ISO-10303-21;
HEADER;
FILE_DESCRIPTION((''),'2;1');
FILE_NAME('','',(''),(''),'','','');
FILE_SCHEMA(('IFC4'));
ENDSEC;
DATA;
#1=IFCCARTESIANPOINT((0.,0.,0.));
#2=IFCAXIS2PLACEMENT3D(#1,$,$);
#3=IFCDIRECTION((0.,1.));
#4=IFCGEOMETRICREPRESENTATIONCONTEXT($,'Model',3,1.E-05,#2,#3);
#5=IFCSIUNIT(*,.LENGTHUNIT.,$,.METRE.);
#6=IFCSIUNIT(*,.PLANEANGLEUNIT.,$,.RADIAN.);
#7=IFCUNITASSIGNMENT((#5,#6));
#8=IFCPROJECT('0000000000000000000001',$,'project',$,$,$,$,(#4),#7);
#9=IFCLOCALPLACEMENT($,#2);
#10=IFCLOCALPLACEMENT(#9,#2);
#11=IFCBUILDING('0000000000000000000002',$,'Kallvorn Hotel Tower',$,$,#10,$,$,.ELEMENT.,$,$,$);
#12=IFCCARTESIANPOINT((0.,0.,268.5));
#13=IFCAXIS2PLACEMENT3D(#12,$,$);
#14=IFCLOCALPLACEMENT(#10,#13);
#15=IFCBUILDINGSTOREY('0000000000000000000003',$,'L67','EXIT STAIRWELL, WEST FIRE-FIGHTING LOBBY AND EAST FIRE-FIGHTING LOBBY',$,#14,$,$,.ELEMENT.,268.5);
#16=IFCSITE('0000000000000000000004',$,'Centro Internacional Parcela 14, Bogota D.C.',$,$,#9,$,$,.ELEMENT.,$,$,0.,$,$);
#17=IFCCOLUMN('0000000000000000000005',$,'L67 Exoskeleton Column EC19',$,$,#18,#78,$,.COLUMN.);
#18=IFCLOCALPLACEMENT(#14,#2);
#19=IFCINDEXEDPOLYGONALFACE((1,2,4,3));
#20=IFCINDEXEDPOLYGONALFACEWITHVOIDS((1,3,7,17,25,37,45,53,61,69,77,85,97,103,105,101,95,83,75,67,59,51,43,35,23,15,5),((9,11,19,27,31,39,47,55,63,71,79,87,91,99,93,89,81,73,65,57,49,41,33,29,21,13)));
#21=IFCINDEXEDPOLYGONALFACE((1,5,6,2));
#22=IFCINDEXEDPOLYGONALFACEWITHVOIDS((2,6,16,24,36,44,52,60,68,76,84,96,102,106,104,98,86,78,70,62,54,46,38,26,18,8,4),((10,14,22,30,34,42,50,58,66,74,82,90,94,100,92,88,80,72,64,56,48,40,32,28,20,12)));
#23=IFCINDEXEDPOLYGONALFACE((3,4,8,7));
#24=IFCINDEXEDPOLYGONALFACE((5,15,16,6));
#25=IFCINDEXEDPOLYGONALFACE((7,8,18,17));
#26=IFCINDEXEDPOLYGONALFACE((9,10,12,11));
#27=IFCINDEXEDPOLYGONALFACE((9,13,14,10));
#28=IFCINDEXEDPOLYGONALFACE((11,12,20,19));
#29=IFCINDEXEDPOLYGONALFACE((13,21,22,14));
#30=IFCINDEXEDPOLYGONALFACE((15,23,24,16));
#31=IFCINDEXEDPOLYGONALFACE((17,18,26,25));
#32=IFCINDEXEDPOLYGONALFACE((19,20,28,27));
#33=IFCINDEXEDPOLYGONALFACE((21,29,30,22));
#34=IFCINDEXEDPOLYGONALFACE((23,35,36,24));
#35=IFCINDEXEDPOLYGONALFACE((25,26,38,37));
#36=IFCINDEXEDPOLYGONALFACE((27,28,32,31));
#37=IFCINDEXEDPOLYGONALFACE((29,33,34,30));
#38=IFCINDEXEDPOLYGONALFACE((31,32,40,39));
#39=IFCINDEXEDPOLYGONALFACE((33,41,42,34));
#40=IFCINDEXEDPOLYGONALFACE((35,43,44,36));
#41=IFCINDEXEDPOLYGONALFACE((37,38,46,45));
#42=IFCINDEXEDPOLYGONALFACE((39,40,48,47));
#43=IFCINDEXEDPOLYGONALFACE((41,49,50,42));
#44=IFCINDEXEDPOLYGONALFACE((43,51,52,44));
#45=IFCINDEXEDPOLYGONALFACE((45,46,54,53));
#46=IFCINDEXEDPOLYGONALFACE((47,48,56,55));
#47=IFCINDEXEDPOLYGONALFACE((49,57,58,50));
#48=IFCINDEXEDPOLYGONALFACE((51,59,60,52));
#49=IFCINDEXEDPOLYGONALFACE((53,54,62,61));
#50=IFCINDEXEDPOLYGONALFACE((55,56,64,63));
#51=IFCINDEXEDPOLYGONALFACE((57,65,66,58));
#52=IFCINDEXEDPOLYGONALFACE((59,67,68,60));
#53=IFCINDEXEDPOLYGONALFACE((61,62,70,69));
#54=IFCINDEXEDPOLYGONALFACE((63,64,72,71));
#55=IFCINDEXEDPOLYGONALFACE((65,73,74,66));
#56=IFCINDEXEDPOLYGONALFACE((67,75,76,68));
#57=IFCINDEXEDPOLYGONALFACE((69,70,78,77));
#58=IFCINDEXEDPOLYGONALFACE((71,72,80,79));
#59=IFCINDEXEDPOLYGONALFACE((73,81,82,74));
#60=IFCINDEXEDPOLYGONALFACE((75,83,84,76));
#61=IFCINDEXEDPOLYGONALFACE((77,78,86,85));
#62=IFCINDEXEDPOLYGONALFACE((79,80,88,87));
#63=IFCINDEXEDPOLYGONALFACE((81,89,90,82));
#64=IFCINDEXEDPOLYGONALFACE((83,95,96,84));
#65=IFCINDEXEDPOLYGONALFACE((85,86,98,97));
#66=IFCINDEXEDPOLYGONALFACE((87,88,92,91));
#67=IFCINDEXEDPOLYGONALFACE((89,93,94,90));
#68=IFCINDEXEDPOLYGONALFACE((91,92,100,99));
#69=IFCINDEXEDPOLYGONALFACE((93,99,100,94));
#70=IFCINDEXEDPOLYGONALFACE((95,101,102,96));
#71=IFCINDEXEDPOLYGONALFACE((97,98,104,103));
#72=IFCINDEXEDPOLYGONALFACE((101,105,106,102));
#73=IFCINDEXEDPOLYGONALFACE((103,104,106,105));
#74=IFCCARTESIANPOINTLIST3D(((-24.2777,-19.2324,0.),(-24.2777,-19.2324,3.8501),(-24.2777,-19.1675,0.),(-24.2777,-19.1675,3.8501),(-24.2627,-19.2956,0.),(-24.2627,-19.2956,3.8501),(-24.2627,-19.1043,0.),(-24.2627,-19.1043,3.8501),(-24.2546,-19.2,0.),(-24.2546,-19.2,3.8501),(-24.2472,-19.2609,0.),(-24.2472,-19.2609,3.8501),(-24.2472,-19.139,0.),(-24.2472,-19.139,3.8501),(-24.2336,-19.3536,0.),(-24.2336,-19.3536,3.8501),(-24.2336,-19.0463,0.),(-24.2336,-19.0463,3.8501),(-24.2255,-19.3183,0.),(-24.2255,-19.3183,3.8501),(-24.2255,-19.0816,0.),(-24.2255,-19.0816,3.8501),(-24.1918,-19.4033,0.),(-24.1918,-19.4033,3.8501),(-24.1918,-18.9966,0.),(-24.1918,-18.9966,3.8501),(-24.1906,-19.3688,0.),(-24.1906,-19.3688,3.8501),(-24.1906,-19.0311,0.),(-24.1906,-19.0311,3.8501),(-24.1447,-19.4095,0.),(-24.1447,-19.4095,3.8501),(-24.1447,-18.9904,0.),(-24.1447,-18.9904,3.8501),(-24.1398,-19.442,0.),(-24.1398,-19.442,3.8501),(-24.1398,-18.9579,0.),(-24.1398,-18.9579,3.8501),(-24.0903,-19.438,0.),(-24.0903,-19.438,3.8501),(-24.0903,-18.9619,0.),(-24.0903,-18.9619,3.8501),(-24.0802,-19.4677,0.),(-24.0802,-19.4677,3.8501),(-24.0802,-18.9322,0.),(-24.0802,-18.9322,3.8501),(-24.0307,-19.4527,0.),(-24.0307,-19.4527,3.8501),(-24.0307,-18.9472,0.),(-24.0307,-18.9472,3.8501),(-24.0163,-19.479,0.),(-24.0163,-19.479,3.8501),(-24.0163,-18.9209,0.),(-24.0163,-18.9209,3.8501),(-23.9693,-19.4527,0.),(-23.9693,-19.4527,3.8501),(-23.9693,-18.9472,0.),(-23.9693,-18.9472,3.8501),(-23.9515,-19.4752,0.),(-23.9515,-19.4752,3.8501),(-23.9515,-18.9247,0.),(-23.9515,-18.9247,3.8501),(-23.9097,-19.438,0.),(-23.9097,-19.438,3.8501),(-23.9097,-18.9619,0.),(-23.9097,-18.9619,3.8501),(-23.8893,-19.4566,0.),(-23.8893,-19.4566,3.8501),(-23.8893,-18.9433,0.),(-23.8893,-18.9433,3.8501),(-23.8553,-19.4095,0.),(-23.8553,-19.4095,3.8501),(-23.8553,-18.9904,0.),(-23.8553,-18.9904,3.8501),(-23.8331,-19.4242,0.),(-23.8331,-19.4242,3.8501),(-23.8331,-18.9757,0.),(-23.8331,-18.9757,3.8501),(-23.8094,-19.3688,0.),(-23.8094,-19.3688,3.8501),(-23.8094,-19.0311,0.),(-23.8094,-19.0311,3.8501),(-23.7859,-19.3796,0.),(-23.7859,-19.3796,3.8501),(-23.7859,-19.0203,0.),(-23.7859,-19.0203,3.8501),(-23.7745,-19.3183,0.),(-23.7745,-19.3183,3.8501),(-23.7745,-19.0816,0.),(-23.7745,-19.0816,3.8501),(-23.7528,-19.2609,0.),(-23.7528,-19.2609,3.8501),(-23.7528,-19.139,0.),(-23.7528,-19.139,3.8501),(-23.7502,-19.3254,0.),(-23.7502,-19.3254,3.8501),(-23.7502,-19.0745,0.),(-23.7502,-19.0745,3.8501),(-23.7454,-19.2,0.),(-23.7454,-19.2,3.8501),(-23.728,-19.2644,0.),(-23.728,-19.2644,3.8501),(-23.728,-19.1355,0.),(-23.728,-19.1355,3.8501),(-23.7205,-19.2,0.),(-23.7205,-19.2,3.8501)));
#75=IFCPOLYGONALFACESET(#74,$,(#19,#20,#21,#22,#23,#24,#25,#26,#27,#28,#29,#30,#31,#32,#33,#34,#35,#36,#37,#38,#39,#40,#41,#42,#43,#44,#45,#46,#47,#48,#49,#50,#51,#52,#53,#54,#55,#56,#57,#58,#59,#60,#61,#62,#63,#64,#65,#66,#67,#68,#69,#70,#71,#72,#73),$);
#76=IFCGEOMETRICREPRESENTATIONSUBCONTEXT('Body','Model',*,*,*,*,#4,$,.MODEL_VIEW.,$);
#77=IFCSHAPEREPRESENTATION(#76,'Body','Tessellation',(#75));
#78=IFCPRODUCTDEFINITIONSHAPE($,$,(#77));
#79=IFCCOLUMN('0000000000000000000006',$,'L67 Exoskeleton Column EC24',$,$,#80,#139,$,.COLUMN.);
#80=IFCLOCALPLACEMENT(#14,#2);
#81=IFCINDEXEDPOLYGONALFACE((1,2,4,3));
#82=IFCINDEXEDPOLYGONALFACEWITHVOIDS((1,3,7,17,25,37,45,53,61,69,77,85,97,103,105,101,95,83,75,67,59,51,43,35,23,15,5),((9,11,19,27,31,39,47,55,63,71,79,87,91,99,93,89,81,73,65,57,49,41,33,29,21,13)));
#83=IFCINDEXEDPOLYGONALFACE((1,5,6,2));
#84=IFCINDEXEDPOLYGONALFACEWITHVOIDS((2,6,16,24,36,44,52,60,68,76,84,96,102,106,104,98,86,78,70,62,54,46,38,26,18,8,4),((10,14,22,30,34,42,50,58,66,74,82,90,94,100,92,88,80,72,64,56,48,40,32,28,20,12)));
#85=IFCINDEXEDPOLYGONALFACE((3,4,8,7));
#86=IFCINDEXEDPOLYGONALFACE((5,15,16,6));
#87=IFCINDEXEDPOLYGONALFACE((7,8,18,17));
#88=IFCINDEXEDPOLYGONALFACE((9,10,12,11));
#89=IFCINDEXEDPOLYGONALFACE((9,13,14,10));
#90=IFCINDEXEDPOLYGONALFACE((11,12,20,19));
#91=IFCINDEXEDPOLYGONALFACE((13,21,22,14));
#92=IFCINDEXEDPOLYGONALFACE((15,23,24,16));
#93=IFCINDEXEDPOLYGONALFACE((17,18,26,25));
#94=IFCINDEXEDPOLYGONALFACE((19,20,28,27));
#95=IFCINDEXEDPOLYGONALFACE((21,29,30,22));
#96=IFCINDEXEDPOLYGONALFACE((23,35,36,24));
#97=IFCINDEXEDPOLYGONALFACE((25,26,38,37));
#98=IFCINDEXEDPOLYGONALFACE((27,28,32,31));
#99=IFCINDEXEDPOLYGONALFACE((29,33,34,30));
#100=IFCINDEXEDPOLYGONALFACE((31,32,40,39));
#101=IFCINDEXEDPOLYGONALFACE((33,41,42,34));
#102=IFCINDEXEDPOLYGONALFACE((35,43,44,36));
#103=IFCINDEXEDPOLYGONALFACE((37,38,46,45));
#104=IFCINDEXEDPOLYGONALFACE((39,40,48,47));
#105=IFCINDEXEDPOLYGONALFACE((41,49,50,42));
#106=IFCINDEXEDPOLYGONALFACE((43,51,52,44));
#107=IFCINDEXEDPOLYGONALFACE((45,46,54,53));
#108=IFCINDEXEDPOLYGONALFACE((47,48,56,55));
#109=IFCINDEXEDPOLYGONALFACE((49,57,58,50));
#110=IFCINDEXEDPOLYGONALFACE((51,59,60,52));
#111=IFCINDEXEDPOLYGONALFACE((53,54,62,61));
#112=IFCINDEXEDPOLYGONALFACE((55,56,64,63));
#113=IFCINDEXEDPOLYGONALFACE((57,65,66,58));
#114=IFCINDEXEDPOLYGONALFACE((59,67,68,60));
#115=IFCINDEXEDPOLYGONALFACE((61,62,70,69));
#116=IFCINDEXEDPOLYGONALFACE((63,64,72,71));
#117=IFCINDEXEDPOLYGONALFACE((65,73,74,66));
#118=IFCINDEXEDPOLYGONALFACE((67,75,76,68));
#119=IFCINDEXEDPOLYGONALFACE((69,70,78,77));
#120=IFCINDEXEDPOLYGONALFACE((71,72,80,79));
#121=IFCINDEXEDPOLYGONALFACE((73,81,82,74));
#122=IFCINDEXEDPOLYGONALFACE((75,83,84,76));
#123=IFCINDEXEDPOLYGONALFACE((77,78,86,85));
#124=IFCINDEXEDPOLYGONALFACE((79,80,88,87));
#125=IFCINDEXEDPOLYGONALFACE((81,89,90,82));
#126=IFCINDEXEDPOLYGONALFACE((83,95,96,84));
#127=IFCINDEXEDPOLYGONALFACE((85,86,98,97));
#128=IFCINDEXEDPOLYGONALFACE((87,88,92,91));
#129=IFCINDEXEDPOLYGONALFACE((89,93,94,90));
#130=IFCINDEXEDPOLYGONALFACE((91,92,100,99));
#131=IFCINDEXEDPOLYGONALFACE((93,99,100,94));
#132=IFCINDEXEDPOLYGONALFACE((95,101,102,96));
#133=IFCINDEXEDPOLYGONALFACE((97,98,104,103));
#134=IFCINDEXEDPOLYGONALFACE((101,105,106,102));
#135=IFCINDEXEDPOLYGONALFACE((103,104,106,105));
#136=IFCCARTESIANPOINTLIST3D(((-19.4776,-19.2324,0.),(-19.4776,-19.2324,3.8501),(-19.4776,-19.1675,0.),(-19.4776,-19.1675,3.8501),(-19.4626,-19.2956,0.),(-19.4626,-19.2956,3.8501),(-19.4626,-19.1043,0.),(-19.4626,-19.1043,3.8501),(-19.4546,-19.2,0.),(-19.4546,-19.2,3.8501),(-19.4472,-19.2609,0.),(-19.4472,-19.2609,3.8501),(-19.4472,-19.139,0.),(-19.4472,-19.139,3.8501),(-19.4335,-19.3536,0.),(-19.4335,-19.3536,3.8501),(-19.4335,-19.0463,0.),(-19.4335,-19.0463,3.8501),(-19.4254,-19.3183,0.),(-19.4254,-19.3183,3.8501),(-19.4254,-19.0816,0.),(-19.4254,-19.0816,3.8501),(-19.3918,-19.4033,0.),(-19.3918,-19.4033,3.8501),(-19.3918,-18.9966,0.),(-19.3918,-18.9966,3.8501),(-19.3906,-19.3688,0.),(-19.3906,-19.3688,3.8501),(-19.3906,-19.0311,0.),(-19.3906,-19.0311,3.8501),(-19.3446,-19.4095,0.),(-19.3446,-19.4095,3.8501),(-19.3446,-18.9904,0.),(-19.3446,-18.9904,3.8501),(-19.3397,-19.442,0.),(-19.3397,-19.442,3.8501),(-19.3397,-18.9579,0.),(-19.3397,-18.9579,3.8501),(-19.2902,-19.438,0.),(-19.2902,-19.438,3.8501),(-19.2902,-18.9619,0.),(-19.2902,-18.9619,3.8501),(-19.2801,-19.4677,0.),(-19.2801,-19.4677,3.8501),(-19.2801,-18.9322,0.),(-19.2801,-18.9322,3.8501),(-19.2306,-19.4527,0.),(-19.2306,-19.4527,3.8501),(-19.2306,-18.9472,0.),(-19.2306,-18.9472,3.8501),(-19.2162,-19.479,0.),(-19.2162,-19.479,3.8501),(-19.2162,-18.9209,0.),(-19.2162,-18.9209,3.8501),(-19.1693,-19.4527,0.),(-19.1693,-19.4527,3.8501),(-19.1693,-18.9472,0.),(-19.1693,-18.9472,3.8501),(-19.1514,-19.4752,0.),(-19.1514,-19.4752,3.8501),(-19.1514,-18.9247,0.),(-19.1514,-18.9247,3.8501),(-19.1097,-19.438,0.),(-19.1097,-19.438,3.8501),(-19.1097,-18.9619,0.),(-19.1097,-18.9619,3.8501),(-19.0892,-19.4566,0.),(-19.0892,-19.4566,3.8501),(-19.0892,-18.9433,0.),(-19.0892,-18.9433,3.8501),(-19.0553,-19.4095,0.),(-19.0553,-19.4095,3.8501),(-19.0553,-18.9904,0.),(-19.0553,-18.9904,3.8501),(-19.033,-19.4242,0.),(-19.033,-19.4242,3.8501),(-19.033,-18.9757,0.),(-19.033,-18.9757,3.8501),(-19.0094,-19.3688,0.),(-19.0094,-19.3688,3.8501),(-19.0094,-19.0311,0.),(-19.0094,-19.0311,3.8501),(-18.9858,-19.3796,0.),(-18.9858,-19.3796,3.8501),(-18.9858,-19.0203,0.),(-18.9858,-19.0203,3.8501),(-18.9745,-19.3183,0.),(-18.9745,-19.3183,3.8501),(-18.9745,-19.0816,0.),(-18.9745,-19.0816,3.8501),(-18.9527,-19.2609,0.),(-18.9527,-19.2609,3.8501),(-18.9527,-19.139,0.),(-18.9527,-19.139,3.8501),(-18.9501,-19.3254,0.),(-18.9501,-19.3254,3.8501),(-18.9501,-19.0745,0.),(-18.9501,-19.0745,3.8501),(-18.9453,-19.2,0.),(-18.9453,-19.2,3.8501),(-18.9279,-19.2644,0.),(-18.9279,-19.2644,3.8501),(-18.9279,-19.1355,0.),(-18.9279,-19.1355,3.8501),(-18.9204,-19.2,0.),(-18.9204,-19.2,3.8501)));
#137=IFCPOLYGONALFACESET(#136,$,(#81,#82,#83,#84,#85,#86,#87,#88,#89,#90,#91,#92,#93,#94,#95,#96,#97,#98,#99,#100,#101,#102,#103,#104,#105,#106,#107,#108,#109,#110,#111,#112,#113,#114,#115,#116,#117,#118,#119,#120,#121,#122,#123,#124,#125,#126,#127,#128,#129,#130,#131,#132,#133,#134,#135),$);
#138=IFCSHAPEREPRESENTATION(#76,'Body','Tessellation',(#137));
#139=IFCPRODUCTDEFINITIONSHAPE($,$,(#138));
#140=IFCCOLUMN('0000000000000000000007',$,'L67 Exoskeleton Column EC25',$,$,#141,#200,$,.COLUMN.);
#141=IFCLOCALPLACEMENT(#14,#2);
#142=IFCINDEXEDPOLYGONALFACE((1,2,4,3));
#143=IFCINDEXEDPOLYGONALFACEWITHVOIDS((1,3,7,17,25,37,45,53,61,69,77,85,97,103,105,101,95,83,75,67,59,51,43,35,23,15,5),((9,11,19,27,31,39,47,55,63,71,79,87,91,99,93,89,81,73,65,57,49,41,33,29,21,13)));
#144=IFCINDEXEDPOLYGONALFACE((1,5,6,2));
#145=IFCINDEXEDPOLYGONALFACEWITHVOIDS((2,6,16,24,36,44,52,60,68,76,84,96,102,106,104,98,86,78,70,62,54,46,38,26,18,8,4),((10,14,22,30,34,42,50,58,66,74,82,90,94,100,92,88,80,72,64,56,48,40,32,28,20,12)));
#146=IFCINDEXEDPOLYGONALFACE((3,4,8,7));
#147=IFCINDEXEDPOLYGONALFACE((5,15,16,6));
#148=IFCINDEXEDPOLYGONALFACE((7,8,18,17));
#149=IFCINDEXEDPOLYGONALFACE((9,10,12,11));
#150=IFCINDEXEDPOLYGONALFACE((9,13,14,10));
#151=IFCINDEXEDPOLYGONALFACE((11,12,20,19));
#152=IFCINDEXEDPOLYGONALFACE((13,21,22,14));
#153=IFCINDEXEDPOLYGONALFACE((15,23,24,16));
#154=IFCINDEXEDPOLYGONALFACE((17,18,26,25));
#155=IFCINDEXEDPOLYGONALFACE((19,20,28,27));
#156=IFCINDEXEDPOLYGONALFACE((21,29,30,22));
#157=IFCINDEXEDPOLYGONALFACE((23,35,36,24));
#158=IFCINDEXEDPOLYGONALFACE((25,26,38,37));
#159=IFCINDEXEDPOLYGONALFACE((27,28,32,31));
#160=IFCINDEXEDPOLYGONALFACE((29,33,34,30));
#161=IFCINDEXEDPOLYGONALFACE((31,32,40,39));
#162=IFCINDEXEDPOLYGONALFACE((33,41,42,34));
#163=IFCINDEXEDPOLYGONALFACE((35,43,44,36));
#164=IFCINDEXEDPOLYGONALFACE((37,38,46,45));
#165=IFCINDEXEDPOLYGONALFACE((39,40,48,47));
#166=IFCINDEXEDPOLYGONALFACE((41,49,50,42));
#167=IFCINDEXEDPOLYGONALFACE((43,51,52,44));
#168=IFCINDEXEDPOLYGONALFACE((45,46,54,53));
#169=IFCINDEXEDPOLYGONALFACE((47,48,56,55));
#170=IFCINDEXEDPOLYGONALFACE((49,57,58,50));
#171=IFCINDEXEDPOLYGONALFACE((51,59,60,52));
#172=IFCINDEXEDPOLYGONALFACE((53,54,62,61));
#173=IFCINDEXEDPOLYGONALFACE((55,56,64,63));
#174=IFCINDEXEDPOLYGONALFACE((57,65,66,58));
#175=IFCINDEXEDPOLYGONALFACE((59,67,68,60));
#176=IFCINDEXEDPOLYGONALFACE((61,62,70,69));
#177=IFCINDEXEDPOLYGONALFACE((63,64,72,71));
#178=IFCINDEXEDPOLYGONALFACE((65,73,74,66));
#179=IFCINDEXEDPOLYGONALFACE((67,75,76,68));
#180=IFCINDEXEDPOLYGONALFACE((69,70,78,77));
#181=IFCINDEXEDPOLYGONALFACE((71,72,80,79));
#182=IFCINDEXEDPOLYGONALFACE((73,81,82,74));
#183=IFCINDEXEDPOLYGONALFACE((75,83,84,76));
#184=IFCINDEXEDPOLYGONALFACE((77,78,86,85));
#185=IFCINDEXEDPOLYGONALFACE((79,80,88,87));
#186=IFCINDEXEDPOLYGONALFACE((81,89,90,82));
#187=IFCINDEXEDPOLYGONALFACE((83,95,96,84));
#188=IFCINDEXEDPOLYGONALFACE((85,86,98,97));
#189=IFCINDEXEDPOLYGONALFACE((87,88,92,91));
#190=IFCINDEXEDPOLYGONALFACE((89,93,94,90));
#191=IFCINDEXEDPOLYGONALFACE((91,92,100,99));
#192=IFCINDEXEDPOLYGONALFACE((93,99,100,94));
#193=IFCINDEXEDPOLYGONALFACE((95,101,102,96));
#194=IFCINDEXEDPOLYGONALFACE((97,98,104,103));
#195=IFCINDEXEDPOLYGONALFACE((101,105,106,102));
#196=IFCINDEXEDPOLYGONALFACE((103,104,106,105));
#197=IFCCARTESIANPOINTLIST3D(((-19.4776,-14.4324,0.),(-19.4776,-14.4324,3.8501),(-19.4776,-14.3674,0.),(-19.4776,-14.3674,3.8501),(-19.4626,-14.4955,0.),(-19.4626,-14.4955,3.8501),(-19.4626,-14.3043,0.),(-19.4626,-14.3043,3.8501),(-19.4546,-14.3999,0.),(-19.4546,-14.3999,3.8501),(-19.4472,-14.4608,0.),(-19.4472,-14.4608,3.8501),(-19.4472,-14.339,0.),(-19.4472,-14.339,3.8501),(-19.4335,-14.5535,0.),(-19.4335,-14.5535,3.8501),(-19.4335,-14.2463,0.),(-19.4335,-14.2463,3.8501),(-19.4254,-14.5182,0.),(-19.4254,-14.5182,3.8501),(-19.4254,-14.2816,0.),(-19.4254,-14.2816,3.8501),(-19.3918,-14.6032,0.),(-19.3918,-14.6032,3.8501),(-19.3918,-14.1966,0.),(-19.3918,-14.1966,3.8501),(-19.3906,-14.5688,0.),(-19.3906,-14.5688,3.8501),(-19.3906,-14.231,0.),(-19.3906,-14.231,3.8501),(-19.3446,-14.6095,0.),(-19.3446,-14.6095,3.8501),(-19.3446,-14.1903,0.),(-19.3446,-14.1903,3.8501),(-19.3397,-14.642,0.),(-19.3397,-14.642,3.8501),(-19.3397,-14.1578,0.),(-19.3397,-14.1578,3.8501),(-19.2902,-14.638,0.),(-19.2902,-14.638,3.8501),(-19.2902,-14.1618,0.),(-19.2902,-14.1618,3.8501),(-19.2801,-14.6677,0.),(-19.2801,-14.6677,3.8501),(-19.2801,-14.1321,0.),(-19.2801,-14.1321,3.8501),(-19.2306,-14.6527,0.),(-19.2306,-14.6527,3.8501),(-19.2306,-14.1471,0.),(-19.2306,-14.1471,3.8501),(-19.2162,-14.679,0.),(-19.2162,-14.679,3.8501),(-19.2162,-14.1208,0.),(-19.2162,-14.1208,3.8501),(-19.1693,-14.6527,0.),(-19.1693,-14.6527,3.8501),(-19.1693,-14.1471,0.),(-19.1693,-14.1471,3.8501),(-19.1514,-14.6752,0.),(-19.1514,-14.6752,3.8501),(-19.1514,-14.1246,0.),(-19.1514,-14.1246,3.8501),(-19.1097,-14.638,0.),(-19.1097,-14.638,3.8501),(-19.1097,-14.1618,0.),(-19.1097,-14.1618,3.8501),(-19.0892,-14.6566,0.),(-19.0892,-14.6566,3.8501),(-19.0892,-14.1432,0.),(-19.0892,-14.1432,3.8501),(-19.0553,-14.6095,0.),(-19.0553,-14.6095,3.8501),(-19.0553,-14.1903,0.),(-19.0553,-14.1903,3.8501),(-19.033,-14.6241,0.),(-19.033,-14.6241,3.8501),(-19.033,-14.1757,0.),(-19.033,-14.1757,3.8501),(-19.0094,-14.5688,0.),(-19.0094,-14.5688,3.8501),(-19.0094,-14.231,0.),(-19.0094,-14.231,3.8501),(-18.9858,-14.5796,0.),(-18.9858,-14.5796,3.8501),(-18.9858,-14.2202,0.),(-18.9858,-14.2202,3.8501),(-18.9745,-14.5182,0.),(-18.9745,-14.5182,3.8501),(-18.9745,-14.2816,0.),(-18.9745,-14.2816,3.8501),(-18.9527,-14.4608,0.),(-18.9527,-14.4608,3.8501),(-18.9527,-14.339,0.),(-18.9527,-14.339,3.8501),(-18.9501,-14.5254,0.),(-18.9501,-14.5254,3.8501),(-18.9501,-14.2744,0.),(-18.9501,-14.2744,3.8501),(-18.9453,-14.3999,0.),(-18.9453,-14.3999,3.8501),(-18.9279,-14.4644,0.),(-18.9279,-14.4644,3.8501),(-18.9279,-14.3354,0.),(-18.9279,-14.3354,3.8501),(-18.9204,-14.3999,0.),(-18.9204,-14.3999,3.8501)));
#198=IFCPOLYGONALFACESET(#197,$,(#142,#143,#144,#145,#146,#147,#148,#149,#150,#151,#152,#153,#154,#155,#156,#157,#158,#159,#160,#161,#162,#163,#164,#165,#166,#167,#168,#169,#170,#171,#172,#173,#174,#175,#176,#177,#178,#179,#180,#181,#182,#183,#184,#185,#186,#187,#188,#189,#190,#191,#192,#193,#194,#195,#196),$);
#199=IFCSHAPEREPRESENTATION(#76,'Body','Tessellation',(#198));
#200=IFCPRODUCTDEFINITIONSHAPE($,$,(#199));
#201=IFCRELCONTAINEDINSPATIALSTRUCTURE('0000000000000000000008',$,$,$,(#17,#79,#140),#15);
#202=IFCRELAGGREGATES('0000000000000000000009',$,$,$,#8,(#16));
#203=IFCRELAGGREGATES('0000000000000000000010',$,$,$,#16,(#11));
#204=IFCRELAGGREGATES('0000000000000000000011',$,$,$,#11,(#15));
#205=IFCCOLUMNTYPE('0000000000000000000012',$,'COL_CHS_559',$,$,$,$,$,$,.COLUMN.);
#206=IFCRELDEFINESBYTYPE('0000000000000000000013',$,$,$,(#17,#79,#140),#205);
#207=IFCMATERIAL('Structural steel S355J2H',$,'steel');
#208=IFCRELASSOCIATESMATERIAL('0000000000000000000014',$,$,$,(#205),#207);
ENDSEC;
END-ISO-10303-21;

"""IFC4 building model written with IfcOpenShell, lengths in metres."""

from ifc_helpers import new_model, si_unit, direction, frame, origin, origin_2d, place, context, subcontext, project, spatial, hollow_circle, extrude, material, material_profile, profile_set, type_object, element, save


model = new_model("IFC4")

# Units and contexts
model_context = context("Model", 3, precision=1e-05, world=origin(), true_north=direction((0.0, 1.0)))
body_context = subcontext(model_context, "Body", "Model", "MODEL_VIEW")
ifc_project = project(units=[si_unit("LENGTHUNIT", "METRE"), si_unit("PLANEANGLEUNIT", "RADIAN")], contexts=[model_context])

# Site, building, storey
site_placement = place(None, origin())
site = spatial("IfcSite", under=ifc_project, at=site_placement, Name="Centro Internacional Parcela 14, Bogota D.C.", CompositionType="ELEMENT", RefElevation=0.0)
building_placement = place(site_placement, origin())
building = spatial("IfcBuilding", under=site, at=building_placement, Name="Kallvorn Hotel Tower", CompositionType="ELEMENT")
storey_placement = place(building_placement, frame((0.0, 0.0, 268.5)))
storey = spatial("IfcBuildingStorey", under=building, at=storey_placement, Name="L67", Description="EXIT STAIRWELL, WEST FIRE-FIGHTING LOBBY AND EAST FIRE-FIGHTING LOBBY", CompositionType="ELEMENT", Elevation=268.5)

# Columns
ifc_material_1 = material(Name="Structural steel S355J2H", Category="steel")
ifc_material_profile_1 = material_profile(ifc_material_1, hollow_circle(Radius=0.2795, WallThickness=0.0249, at=origin_2d()), Name="CHS 559x25")
ifc_profile_set_1 = profile_set([ifc_material_profile_1], Name="Structural steel S355J2H")
column_type_1 = type_object("IfcColumnType", Name="COL_CHS_559", PredefinedType="COLUMN", material=ifc_profile_set_1)
for number, where, z_axis, x_axis, name in (
    (1, (-24.0, -19.2, 0.0), (0.0, 0.0, 1.0), (1.0, 0.0, 0.0), "L67 Exoskeleton Column EC19"),
    (2, (-19.2, -19.2, 0.0), (0.0, 0.0, 1.0), (1.0, 0.0, 0.0), "L67 Exoskeleton Column EC24"),
    (3, (-19.2, -14.3999, 0.0), (0.0, 0.0, 1.0), (1.0, 0.0, 0.0), "L67 Exoskeleton Column EC25"),
):
    element("IfcColumn", number, at=place(storey_placement, frame(where, z_axis=z_axis, x_axis=x_axis)), inside=storey, type_object=column_type_1, Name=name, PredefinedType="COLUMN", context=body_context, shape_type="SweptSolid", body=[
        extrude(hollow_circle(Radius=0.2795, WallThickness=0.0249, at=origin_2d()), origin(), (0.0, 0.0, 1.0), 3.8501),
    ])

save(model, "model.ifc")
